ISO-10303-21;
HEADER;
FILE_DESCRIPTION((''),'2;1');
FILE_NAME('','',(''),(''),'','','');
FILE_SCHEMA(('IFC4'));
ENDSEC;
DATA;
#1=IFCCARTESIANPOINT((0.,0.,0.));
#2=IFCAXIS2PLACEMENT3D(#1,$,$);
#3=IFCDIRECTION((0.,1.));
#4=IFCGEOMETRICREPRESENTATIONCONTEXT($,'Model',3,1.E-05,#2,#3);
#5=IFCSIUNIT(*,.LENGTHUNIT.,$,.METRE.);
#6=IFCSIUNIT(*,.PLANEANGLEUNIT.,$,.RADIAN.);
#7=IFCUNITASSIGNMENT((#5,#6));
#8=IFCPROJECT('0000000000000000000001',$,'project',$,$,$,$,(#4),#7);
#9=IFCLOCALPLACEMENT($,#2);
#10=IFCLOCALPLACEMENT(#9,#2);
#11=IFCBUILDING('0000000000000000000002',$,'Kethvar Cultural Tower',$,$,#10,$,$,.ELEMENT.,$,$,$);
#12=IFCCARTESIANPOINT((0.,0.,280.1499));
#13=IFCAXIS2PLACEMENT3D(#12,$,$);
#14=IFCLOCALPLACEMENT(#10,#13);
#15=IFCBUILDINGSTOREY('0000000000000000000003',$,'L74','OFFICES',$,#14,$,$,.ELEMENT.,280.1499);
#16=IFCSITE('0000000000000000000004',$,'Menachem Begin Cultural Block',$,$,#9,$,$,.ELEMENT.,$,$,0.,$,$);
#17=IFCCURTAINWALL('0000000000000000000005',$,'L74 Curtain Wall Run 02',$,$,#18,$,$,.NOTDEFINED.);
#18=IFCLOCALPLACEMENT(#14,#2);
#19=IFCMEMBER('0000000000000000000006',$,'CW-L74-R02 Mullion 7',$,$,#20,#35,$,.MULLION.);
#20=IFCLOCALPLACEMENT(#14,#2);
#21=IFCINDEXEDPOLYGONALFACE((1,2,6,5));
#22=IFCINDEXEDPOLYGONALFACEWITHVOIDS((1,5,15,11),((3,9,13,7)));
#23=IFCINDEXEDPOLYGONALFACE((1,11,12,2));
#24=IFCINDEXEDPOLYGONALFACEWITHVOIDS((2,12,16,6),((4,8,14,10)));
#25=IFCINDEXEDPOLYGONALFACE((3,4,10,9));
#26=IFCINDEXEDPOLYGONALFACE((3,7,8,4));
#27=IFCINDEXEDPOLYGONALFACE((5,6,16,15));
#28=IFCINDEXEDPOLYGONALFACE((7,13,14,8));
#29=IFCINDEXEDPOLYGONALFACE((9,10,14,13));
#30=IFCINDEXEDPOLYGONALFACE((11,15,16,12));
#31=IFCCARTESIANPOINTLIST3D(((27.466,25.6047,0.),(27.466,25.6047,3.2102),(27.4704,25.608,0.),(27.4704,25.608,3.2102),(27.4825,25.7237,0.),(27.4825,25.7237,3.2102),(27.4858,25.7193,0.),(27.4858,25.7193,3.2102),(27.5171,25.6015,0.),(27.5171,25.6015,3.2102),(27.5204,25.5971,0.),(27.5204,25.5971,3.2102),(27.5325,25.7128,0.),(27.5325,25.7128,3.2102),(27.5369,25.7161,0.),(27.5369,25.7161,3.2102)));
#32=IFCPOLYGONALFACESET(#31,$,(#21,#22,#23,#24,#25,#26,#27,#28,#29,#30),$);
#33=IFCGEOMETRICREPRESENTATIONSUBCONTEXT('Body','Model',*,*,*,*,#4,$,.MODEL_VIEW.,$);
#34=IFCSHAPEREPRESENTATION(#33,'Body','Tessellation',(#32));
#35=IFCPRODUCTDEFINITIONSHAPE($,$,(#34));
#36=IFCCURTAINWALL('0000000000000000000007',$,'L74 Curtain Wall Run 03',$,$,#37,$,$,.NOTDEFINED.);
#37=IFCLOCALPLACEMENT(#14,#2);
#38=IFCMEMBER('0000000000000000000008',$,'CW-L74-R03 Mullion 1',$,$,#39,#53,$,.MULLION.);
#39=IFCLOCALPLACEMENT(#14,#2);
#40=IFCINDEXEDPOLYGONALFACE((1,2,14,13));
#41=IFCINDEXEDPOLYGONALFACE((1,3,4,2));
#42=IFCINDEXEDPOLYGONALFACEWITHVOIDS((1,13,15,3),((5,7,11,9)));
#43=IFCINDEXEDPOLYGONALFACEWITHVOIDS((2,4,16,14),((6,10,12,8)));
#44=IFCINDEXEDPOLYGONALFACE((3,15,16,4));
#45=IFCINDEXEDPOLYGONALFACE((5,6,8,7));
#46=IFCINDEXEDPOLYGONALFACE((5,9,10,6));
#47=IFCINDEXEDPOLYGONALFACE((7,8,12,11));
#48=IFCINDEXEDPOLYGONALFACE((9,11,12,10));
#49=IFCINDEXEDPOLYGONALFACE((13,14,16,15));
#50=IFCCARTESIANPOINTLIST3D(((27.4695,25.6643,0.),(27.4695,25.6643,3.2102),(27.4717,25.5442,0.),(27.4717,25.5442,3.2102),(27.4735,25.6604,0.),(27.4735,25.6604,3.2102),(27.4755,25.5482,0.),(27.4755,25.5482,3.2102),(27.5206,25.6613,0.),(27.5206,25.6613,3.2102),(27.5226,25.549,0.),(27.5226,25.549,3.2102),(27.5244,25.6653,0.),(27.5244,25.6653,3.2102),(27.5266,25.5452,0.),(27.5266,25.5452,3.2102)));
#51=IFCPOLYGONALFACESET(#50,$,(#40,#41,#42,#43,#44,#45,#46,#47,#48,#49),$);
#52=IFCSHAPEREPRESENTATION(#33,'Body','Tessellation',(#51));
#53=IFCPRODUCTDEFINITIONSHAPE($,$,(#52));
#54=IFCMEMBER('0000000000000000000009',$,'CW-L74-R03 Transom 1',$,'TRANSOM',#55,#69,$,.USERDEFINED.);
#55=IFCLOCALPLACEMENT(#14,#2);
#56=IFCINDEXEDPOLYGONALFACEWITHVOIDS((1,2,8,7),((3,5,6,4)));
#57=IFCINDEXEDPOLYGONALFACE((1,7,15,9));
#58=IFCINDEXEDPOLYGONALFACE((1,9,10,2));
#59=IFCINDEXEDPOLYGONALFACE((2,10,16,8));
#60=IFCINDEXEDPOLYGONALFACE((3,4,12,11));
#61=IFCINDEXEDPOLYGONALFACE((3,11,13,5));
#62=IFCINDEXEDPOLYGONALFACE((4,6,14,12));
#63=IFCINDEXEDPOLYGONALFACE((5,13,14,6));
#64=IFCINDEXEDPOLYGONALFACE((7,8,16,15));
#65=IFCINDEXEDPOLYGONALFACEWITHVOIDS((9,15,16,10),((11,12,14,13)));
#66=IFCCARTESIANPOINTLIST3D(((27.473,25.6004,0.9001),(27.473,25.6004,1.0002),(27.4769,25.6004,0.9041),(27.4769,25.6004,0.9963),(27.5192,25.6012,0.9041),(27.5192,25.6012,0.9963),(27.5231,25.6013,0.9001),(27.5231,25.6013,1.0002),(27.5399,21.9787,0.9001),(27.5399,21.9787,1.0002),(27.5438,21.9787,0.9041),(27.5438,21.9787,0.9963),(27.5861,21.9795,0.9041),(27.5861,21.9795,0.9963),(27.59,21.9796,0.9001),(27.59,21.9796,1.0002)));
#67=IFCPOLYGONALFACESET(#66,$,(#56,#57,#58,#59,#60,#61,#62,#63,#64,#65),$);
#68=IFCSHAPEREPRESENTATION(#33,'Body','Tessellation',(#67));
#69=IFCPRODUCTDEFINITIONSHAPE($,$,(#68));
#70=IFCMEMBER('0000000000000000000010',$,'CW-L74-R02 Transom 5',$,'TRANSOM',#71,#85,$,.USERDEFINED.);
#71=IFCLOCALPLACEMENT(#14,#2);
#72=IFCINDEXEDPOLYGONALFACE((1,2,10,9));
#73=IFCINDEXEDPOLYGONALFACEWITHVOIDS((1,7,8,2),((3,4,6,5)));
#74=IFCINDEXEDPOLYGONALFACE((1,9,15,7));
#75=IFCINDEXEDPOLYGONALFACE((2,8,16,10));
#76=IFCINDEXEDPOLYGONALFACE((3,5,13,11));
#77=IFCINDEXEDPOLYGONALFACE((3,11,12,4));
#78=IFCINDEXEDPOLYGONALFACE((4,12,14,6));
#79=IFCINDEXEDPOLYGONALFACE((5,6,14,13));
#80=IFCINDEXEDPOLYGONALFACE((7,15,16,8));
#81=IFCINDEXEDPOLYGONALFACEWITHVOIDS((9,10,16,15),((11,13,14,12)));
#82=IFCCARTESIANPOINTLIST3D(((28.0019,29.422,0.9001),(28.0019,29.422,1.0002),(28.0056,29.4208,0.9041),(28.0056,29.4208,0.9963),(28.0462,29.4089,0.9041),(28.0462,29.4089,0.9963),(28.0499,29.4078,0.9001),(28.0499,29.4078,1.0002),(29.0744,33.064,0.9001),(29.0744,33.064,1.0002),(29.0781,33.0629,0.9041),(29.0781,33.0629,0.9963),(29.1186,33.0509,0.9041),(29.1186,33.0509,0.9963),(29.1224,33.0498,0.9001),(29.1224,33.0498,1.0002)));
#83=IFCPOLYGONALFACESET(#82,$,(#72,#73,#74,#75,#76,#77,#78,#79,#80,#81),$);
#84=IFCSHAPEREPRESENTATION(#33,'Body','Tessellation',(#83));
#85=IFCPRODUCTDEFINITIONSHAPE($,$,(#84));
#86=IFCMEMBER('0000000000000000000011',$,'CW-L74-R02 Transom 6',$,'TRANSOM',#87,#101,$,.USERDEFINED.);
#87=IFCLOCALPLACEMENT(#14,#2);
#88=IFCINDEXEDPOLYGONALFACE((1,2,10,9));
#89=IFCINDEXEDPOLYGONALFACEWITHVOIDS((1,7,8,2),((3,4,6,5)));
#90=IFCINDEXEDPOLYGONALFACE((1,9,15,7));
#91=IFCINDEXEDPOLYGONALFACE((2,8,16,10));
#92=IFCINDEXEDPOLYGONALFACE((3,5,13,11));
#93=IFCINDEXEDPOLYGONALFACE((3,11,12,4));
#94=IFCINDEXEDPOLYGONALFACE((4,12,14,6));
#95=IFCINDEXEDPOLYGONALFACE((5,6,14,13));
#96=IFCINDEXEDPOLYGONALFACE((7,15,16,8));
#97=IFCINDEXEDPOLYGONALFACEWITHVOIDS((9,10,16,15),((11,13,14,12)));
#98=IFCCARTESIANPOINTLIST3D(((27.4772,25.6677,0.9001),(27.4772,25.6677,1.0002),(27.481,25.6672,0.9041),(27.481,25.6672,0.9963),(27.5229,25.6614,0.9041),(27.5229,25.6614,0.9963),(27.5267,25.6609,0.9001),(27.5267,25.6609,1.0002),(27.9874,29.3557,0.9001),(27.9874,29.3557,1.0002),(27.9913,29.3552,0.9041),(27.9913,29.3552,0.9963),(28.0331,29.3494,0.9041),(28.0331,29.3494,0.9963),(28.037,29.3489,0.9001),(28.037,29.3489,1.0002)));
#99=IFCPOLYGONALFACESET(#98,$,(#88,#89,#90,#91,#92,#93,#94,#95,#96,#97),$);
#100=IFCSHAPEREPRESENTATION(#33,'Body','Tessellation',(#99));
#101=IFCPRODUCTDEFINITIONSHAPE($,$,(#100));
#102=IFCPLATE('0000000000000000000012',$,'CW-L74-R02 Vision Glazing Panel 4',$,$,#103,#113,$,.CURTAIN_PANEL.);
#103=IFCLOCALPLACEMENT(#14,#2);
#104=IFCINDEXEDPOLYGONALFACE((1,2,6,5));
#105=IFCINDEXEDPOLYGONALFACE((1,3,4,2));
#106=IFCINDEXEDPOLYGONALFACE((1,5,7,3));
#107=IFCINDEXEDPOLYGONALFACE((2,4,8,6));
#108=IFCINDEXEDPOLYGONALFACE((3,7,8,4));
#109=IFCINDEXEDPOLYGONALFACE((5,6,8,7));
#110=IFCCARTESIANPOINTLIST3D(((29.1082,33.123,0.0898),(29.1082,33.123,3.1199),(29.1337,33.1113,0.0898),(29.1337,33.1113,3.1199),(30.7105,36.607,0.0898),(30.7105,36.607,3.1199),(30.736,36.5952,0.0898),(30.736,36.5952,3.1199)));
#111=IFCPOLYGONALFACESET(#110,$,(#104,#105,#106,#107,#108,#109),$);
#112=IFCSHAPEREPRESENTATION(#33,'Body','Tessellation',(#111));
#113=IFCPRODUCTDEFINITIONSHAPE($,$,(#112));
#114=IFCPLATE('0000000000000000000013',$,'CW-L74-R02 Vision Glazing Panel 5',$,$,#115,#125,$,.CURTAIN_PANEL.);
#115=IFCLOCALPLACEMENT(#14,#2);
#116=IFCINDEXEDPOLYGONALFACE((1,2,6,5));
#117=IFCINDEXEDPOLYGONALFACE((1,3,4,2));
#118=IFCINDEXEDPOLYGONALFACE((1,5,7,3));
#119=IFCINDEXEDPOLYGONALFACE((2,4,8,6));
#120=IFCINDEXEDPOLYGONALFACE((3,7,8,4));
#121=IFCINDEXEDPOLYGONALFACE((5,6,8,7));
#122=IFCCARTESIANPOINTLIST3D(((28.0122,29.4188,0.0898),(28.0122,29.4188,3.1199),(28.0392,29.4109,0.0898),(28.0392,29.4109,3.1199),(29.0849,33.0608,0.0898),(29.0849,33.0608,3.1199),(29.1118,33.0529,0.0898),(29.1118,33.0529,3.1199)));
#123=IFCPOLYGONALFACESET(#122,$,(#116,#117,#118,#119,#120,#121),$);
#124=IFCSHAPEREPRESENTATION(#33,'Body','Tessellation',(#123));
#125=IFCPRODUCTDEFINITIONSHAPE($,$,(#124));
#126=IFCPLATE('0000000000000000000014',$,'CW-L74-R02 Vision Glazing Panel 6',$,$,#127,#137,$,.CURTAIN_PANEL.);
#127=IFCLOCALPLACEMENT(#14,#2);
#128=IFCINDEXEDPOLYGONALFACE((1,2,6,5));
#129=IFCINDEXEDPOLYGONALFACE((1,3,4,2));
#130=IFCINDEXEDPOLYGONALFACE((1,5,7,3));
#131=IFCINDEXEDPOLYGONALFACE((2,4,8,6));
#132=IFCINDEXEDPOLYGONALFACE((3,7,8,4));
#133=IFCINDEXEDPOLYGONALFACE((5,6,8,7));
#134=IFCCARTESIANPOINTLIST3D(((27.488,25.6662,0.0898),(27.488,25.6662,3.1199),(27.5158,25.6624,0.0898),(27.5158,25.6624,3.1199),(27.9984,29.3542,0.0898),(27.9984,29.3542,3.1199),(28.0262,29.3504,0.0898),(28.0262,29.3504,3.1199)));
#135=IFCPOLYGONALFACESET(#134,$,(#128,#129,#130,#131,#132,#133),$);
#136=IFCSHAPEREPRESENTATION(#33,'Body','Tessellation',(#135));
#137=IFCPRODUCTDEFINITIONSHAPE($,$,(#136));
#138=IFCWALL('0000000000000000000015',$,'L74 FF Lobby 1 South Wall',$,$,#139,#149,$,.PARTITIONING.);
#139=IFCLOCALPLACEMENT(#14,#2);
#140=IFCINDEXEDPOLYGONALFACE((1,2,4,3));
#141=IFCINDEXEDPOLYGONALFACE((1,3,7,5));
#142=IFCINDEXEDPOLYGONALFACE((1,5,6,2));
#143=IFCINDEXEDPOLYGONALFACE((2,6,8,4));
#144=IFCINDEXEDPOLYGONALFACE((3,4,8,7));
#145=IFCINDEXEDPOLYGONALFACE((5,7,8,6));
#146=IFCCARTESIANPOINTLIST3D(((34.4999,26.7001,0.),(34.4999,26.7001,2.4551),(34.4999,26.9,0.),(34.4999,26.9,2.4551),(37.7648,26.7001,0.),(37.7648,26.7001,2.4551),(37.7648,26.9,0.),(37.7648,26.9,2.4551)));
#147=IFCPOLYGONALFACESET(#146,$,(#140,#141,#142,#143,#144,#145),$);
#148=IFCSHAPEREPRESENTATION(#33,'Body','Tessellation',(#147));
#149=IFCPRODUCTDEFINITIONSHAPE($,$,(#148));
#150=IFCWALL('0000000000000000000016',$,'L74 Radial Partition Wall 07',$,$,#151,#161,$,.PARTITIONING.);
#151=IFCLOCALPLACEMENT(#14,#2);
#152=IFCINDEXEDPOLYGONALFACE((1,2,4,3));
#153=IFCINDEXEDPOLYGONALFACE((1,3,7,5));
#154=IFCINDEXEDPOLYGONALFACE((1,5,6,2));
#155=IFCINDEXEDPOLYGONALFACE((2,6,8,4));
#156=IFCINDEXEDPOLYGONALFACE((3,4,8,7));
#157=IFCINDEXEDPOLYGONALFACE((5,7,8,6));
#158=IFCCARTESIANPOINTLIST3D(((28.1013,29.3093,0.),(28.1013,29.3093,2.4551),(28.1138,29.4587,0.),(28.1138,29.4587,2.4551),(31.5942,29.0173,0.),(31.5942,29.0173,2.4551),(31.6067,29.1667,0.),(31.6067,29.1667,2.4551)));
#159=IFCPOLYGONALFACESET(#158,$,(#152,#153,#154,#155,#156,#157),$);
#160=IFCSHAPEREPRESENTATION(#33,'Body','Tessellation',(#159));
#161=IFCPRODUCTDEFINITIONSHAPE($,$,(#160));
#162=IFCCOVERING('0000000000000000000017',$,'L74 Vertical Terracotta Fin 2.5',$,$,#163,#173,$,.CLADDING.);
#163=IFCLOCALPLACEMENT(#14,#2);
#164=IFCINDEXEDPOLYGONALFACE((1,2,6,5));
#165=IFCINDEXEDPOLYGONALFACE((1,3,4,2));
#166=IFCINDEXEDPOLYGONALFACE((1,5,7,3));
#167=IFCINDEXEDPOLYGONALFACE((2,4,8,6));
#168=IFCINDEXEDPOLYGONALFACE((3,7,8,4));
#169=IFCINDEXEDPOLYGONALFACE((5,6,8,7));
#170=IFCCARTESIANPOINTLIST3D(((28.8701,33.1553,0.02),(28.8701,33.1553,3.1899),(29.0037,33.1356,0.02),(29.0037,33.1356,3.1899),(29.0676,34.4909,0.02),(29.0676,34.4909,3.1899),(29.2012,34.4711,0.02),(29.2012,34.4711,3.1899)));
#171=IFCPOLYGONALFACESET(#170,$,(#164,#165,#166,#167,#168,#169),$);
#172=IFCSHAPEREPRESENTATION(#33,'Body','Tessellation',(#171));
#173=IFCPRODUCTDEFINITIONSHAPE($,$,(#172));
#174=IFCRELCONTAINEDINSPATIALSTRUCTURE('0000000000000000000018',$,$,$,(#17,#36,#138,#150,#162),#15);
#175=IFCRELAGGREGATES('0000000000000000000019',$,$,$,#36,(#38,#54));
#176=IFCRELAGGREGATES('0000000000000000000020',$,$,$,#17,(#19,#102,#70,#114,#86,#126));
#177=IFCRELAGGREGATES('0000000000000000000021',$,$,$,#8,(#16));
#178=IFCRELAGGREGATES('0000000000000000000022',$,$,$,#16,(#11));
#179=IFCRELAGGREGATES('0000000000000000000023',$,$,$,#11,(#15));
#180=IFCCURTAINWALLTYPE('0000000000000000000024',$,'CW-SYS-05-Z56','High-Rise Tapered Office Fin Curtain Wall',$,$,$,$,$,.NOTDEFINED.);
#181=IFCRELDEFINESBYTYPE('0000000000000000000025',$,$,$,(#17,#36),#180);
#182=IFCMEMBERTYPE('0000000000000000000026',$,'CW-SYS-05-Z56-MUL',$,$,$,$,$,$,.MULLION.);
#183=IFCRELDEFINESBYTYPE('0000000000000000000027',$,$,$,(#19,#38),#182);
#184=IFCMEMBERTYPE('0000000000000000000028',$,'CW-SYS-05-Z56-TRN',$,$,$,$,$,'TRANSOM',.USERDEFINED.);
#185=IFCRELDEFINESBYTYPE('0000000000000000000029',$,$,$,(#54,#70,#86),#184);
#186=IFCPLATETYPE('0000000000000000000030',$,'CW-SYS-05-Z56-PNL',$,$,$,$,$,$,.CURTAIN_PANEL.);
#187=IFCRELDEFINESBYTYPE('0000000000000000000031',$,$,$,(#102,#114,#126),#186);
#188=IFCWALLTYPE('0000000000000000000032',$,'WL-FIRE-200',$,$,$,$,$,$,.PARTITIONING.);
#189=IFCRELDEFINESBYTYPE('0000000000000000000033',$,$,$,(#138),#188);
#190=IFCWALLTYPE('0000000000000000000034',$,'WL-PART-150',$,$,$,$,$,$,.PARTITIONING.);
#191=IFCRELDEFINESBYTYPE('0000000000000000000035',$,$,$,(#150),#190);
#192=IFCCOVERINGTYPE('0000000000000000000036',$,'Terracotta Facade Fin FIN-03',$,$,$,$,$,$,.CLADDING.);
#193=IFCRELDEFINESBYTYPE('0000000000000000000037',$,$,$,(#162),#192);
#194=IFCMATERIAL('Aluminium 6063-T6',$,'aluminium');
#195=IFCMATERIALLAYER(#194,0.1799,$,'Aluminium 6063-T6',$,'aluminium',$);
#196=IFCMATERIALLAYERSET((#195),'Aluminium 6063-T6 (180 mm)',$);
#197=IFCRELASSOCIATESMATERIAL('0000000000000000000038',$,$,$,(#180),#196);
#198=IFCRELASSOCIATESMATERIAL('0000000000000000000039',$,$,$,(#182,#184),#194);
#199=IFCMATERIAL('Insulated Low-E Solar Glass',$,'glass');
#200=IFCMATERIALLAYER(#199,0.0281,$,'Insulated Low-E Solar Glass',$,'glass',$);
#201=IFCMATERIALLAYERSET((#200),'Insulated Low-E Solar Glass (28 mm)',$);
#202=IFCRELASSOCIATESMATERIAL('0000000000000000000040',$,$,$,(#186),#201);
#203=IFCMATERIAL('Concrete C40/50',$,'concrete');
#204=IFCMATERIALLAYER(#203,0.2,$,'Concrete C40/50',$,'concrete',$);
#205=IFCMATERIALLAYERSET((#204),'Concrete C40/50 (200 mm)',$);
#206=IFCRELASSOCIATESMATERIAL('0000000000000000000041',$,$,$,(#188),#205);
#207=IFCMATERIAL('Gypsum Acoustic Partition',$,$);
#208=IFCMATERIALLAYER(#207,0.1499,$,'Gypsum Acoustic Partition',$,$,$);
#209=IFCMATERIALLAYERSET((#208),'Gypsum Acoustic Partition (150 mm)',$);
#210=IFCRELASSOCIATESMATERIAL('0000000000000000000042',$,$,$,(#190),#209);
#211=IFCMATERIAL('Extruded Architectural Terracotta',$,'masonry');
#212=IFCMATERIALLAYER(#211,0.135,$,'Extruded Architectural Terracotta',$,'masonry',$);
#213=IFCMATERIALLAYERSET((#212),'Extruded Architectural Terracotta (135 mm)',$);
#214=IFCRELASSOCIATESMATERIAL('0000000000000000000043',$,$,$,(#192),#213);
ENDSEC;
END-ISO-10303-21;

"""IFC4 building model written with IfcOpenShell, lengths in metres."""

from ifc_helpers import new_model, si_unit, direction, frame, frame_2d, origin, origin_2d, place, context, subcontext, project, spatial, rectangle, hollow_rectangle, extrude, source, transform, mapped, material, layer, layer_set, material_profile, profile_set, type_object, element, aggregate, save


model = new_model("IFC4")

# Units and contexts
model_context = context("Model", 3, precision=1e-05, world=origin(), true_north=direction((0.0, 1.0)))
body_context = subcontext(model_context, "Body", "Model", "MODEL_VIEW")
ifc_project = project(units=[si_unit("LENGTHUNIT", "METRE"), si_unit("PLANEANGLEUNIT", "RADIAN")], contexts=[model_context])

# Site, building, storey
site_placement = place(None, origin())
site = spatial("IfcSite", under=ifc_project, at=site_placement, Name="Menachem Begin Cultural Block", CompositionType="ELEMENT", RefElevation=0.0)
building_placement = place(site_placement, origin())
building = spatial("IfcBuilding", under=site, at=building_placement, Name="Kethvar Cultural Tower", CompositionType="ELEMENT")
storey_placement = place(building_placement, frame((0.0, 0.0, 280.1499)))
storey = spatial("IfcBuildingStorey", under=building, at=storey_placement, Name="L74", Description="OFFICES", CompositionType="ELEMENT", Elevation=280.1499)

# Curtain walls, members
ifc_material_1 = material(Name="Aluminium 6063-T6", Category="aluminium")
ifc_layer_1 = layer(ifc_material_1, 0.1799, Name="Aluminium 6063-T6", Category="aluminium")
ifc_layer_set_1 = layer_set([ifc_layer_1], Name="Aluminium 6063-T6 (180 mm)")
curtain_wall_type = type_object("IfcCurtainWallType", Name="CW-SYS-05-Z56", Description="High-Rise Tapered Office Fin Curtain Wall", PredefinedType="NOTDEFINED", material=ifc_layer_set_1)
curtain_wall_1_placement = place(storey_placement, origin())
curtain_wall_1 = element("IfcCurtainWall", 1, at=curtain_wall_1_placement, inside=storey, type_object=curtain_wall_type, Name="L74 Curtain Wall Run 02", PredefinedType="NOTDEFINED")
ifc_material_profile_1 = material_profile(ifc_material_1, hollow_rectangle(XDim=0.0549, YDim=0.1201, WallThickness=0.0039, at=origin_2d()), Name="Aluminium 6063-T6 — RHS120x55x4")
ifc_profile_set_1 = profile_set([ifc_material_profile_1], Name="Aluminium 6063-T6 — RHS120x55x4")
member_type_1 = type_object("IfcMemberType", Name="CW-SYS-05-Z56-MUL", PredefinedType="MULLION", material=ifc_profile_set_1)
shared_shape_1 = source(origin(), body_context, "Body", "SweptSolid", [
    extrude(hollow_rectangle(XDim=0.0549, YDim=0.1201, WallThickness=0.0039, at=origin_2d()), origin(), (0.0, 0.0, 1.0), 3.2102),
])
member_1_placement = place(storey_placement, frame((27.5015, 25.6604, 0.0), z_axis=(0.0, 0.0, 1.0), x_axis=(0.990557, -0.137099, 0.0)))
member_1 = element("IfcMember", 2, at=member_1_placement, type_object=member_type_1, Name="CW-L74-R02 Mullion 7", PredefinedType="MULLION", context=body_context, shape_type="MappedRepresentation", body=[
    mapped(shared_shape_1, transform((0.0, 0.0, 0.0), scale=1.0)),
])
curtain_wall_2_placement = place(storey_placement, origin())
curtain_wall_2 = element("IfcCurtainWall", 3, at=curtain_wall_2_placement, inside=storey, type_object=curtain_wall_type, Name="L74 Curtain Wall Run 03", PredefinedType="NOTDEFINED")
member_2_placement = place(storey_placement, frame((27.498, 25.6047, 0.0), z_axis=(0.0, 0.0, 1.0), x_axis=(0.99983, 0.01843, 0.0)))
member_2 = element("IfcMember", 4, at=member_2_placement, type_object=member_type_1, Name="CW-L74-R03 Mullion 1", PredefinedType="MULLION", context=body_context, shape_type="MappedRepresentation", body=[
    mapped(shared_shape_1, transform((0.0, 0.0, 0.0), scale=1.0)),
])
ifc_material_profile_2 = material_profile(ifc_material_1, hollow_rectangle(XDim=0.05, YDim=0.1001, WallThickness=0.0039, at=origin_2d()), Name="Aluminium 6063-T6 — RHS100x50x4")
ifc_profile_set_2 = profile_set([ifc_material_profile_2], Name="Aluminium 6063-T6 — RHS100x50x4")
member_type_2 = type_object("IfcMemberType", Name="CW-SYS-05-Z56-TRN", ElementType="TRANSOM", PredefinedType="USERDEFINED", material=ifc_profile_set_2)
shared_shape_2 = source(origin(), body_context, "Body", "SweptSolid", [
    extrude(hollow_rectangle(XDim=0.05, YDim=0.1001, WallThickness=0.0039, at=origin_2d()), origin(), (0.0, 0.0, 1.0), 3.6223),
])
member_3_placement = place(storey_placement, frame((27.498, 25.6008, 0.9502), z_axis=(0.018468, -0.999829, 0.0), x_axis=(0.999829, 0.018468, 0.0)))
member_3 = element("IfcMember", 5, at=member_3_placement, type_object=member_type_2, Name="CW-L74-R03 Transom 1", ObjectType="TRANSOM", PredefinedType="USERDEFINED", context=body_context, shape_type="MappedRepresentation", body=[
    mapped(shared_shape_2, transform((0.0, 0.0, 0.0), scale=1.0)),
])
aggregate(curtain_wall_2, [member_2, member_3])

# Members
shared_shape_3 = source(origin(), body_context, "Body", "SweptSolid", [
    extrude(hollow_rectangle(XDim=0.05, YDim=0.1001, WallThickness=0.0039, at=origin_2d()), origin(), (0.0, 0.0, 1.0), 3.7966),
])
member_4_placement = place(storey_placement, frame((29.0984, 33.0569, 0.9502), z_axis=(-0.282483, -0.959272, 0.0), x_axis=(0.959272, -0.282483, 0.0)))
member_4 = element("IfcMember", 6, at=member_4_placement, type_object=member_type_2, Name="CW-L74-R02 Transom 5", ObjectType="TRANSOM", PredefinedType="USERDEFINED", context=body_context, shape_type="MappedRepresentation", body=[
    mapped(shared_shape_3, transform((0.0, 0.0, 0.0), scale=1.0)),
])
shared_shape_4 = source(origin(), body_context, "Body", "SweptSolid", [
    extrude(hollow_rectangle(XDim=0.05, YDim=0.1001, WallThickness=0.0039, at=origin_2d()), origin(), (0.0, 0.0, 1.0), 3.7231),
])
member_5_placement = place(storey_placement, frame((28.0122, 29.3523, 0.9502), z_axis=(-0.13705, -0.990564, 0.0), x_axis=(0.990564, -0.13705, 0.0)))
member_5 = element("IfcMember", 7, at=member_5_placement, type_object=member_type_2, Name="CW-L74-R02 Transom 6", ObjectType="TRANSOM", PredefinedType="USERDEFINED", context=body_context, shape_type="MappedRepresentation", body=[
    mapped(shared_shape_4, transform((0.0, 0.0, 0.0), scale=1.0)),
])

# Plates
ifc_material_2 = material(Name="Insulated Low-E Solar Glass", Category="glass")
ifc_layer_2 = layer(ifc_material_2, 0.0281, Name="Insulated Low-E Solar Glass", Category="glass")
ifc_layer_set_2 = layer_set([ifc_layer_2], Name="Insulated Low-E Solar Glass (28 mm)")
plate_type = type_object("IfcPlateType", Name="CW-SYS-05-Z56-PNL", PredefinedType="CURTAIN_PANEL", material=ifc_layer_set_2)
shared_shape_5 = source(origin(), body_context, "Body", "SweptSolid", [
    extrude(rectangle(XDim=3.8347, YDim=0.0281, at=origin_2d()), origin(), (0.0, 0.0, 1.0), 3.03),
])
plate_1_placement = place(storey_placement, frame((29.9221, 34.8591, 0.0898), z_axis=(0.0, 0.0, 1.0), x_axis=(-0.417835, -0.908523, 0.0)))
plate_1 = element("IfcPlate", 8, at=plate_1_placement, type_object=plate_type, Name="CW-L74-R02 Vision Glazing Panel 4", PredefinedType="CURTAIN_PANEL", context=body_context, shape_type="MappedRepresentation", body=[
    mapped(shared_shape_5, transform((0.0, 0.0, 0.0), scale=1.0)),
])
shared_shape_6 = source(origin(), body_context, "Body", "SweptSolid", [
    extrude(rectangle(XDim=3.7966, YDim=0.0281, at=origin_2d()), origin(), (0.0, 0.0, 1.0), 3.03),
])
plate_2_placement = place(storey_placement, frame((28.562, 31.2358, 0.0898), z_axis=(0.0, 0.0, 1.0), x_axis=(-0.282526, -0.95926, 0.0)))
plate_2 = element("IfcPlate", 9, at=plate_2_placement, type_object=plate_type, Name="CW-L74-R02 Vision Glazing Panel 5", PredefinedType="CURTAIN_PANEL", context=body_context, shape_type="MappedRepresentation", body=[
    mapped(shared_shape_6, transform((0.0, 0.0, 0.0), scale=1.0)),
])
shared_shape_7 = source(origin(), body_context, "Body", "SweptSolid", [
    extrude(rectangle(XDim=3.7231, YDim=0.0281, at=origin_2d()), origin(), (0.0, 0.0, 1.0), 3.03),
])
plate_3_placement = place(storey_placement, frame((27.7571, 27.5083, 0.0898), z_axis=(0.0, 0.0, 1.0), x_axis=(-0.137099, -0.990557, 0.0)))
plate_3 = element("IfcPlate", 10, at=plate_3_placement, type_object=plate_type, Name="CW-L74-R02 Vision Glazing Panel 6", PredefinedType="CURTAIN_PANEL", context=body_context, shape_type="MappedRepresentation", body=[
    mapped(shared_shape_7, transform((0.0, 0.0, 0.0), scale=1.0)),
])
aggregate(curtain_wall_1, [member_1, plate_1, member_4, plate_2, member_5, plate_3])

# Walls
ifc_material_3 = material(Name="Concrete C40/50", Category="concrete")
ifc_layer_3 = layer(ifc_material_3, 0.2, Name="Concrete C40/50", Category="concrete")
ifc_layer_set_3 = layer_set([ifc_layer_3], Name="Concrete C40/50 (200 mm)")
wall_type_1 = type_object("IfcWallType", Name="WL-FIRE-200", PredefinedType="PARTITIONING", material=ifc_layer_set_3)
wall_1_placement = place(storey_placement, frame((34.5, 26.8, 0.0), z_axis=(0.0, 0.0, 1.0), x_axis=(1.0, 0.0, 0.0)))
element("IfcWall", 11, at=wall_1_placement, inside=storey, type_object=wall_type_1, Name="L74 FF Lobby 1 South Wall", PredefinedType="PARTITIONING", context=body_context, shape_type="SweptSolid", body=[
    extrude(rectangle(XDim=3.2649, YDim=0.2, at=frame_2d((1.6323, 0.0))), origin(), (0.0, 0.0, 1.0), 2.4551),
])
ifc_material_4 = material(Name="Gypsum Acoustic Partition")
ifc_layer_4 = layer(ifc_material_4, 0.1499, Name="Gypsum Acoustic Partition")
ifc_layer_set_4 = layer_set([ifc_layer_4], Name="Gypsum Acoustic Partition (150 mm)")
wall_type_2 = type_object("IfcWallType", Name="WL-PART-150", PredefinedType="PARTITIONING", material=ifc_layer_set_4)
wall_2_placement = place(storey_placement, frame((31.6003, 29.092, 0.0), z_axis=(0.0, 0.0, 1.0), x_axis=(-0.996524, 0.083305, 0.0)))
element("IfcWall", 12, at=wall_2_placement, inside=storey, type_object=wall_type_2, Name="L74 Radial Partition Wall 07", PredefinedType="PARTITIONING", context=body_context, shape_type="SweptSolid", body=[
    extrude(rectangle(XDim=3.5051, YDim=0.1499, at=frame_2d((1.7524, 0.0))), origin(), (0.0, 0.0, 1.0), 2.4551),
])

# Covering
ifc_material_5 = material(Name="Extruded Architectural Terracotta", Category="masonry")
ifc_layer_5 = layer(ifc_material_5, 0.135, Name="Extruded Architectural Terracotta", Category="masonry")
ifc_layer_set_5 = layer_set([ifc_layer_5], Name="Extruded Architectural Terracotta (135 mm)")
covering_type = type_object("IfcCoveringType", Name="Terracotta Facade Fin FIN-03", PredefinedType="CLADDING", material=ifc_layer_set_5)
shared_shape_8 = source(origin(), body_context, "Body", "SweptSolid", [
    extrude(rectangle(XDim=1.3501, YDim=0.135, at=origin_2d()), origin(), (0.0, 0.0, 1.0), 3.1699),
])
for number, where, z_axis, x_axis, name in (
    (13, (29.0356, 33.8132, 0.02), (0.0, 0.0, 1.0), (0.146256, 0.989247, 0.0), "L74 Vertical Terracotta Fin 2.5"),
):
    element("IfcCovering", number, at=place(storey_placement, frame(where, z_axis=z_axis, x_axis=x_axis)), inside=storey, type_object=covering_type, Name=name, PredefinedType="CLADDING", context=body_context, shape_type="MappedRepresentation", body=[
        mapped(shared_shape_8, transform((0.0, 0.0, 0.0), scale=1.0)),
    ])

save(model, "model.ifc")
